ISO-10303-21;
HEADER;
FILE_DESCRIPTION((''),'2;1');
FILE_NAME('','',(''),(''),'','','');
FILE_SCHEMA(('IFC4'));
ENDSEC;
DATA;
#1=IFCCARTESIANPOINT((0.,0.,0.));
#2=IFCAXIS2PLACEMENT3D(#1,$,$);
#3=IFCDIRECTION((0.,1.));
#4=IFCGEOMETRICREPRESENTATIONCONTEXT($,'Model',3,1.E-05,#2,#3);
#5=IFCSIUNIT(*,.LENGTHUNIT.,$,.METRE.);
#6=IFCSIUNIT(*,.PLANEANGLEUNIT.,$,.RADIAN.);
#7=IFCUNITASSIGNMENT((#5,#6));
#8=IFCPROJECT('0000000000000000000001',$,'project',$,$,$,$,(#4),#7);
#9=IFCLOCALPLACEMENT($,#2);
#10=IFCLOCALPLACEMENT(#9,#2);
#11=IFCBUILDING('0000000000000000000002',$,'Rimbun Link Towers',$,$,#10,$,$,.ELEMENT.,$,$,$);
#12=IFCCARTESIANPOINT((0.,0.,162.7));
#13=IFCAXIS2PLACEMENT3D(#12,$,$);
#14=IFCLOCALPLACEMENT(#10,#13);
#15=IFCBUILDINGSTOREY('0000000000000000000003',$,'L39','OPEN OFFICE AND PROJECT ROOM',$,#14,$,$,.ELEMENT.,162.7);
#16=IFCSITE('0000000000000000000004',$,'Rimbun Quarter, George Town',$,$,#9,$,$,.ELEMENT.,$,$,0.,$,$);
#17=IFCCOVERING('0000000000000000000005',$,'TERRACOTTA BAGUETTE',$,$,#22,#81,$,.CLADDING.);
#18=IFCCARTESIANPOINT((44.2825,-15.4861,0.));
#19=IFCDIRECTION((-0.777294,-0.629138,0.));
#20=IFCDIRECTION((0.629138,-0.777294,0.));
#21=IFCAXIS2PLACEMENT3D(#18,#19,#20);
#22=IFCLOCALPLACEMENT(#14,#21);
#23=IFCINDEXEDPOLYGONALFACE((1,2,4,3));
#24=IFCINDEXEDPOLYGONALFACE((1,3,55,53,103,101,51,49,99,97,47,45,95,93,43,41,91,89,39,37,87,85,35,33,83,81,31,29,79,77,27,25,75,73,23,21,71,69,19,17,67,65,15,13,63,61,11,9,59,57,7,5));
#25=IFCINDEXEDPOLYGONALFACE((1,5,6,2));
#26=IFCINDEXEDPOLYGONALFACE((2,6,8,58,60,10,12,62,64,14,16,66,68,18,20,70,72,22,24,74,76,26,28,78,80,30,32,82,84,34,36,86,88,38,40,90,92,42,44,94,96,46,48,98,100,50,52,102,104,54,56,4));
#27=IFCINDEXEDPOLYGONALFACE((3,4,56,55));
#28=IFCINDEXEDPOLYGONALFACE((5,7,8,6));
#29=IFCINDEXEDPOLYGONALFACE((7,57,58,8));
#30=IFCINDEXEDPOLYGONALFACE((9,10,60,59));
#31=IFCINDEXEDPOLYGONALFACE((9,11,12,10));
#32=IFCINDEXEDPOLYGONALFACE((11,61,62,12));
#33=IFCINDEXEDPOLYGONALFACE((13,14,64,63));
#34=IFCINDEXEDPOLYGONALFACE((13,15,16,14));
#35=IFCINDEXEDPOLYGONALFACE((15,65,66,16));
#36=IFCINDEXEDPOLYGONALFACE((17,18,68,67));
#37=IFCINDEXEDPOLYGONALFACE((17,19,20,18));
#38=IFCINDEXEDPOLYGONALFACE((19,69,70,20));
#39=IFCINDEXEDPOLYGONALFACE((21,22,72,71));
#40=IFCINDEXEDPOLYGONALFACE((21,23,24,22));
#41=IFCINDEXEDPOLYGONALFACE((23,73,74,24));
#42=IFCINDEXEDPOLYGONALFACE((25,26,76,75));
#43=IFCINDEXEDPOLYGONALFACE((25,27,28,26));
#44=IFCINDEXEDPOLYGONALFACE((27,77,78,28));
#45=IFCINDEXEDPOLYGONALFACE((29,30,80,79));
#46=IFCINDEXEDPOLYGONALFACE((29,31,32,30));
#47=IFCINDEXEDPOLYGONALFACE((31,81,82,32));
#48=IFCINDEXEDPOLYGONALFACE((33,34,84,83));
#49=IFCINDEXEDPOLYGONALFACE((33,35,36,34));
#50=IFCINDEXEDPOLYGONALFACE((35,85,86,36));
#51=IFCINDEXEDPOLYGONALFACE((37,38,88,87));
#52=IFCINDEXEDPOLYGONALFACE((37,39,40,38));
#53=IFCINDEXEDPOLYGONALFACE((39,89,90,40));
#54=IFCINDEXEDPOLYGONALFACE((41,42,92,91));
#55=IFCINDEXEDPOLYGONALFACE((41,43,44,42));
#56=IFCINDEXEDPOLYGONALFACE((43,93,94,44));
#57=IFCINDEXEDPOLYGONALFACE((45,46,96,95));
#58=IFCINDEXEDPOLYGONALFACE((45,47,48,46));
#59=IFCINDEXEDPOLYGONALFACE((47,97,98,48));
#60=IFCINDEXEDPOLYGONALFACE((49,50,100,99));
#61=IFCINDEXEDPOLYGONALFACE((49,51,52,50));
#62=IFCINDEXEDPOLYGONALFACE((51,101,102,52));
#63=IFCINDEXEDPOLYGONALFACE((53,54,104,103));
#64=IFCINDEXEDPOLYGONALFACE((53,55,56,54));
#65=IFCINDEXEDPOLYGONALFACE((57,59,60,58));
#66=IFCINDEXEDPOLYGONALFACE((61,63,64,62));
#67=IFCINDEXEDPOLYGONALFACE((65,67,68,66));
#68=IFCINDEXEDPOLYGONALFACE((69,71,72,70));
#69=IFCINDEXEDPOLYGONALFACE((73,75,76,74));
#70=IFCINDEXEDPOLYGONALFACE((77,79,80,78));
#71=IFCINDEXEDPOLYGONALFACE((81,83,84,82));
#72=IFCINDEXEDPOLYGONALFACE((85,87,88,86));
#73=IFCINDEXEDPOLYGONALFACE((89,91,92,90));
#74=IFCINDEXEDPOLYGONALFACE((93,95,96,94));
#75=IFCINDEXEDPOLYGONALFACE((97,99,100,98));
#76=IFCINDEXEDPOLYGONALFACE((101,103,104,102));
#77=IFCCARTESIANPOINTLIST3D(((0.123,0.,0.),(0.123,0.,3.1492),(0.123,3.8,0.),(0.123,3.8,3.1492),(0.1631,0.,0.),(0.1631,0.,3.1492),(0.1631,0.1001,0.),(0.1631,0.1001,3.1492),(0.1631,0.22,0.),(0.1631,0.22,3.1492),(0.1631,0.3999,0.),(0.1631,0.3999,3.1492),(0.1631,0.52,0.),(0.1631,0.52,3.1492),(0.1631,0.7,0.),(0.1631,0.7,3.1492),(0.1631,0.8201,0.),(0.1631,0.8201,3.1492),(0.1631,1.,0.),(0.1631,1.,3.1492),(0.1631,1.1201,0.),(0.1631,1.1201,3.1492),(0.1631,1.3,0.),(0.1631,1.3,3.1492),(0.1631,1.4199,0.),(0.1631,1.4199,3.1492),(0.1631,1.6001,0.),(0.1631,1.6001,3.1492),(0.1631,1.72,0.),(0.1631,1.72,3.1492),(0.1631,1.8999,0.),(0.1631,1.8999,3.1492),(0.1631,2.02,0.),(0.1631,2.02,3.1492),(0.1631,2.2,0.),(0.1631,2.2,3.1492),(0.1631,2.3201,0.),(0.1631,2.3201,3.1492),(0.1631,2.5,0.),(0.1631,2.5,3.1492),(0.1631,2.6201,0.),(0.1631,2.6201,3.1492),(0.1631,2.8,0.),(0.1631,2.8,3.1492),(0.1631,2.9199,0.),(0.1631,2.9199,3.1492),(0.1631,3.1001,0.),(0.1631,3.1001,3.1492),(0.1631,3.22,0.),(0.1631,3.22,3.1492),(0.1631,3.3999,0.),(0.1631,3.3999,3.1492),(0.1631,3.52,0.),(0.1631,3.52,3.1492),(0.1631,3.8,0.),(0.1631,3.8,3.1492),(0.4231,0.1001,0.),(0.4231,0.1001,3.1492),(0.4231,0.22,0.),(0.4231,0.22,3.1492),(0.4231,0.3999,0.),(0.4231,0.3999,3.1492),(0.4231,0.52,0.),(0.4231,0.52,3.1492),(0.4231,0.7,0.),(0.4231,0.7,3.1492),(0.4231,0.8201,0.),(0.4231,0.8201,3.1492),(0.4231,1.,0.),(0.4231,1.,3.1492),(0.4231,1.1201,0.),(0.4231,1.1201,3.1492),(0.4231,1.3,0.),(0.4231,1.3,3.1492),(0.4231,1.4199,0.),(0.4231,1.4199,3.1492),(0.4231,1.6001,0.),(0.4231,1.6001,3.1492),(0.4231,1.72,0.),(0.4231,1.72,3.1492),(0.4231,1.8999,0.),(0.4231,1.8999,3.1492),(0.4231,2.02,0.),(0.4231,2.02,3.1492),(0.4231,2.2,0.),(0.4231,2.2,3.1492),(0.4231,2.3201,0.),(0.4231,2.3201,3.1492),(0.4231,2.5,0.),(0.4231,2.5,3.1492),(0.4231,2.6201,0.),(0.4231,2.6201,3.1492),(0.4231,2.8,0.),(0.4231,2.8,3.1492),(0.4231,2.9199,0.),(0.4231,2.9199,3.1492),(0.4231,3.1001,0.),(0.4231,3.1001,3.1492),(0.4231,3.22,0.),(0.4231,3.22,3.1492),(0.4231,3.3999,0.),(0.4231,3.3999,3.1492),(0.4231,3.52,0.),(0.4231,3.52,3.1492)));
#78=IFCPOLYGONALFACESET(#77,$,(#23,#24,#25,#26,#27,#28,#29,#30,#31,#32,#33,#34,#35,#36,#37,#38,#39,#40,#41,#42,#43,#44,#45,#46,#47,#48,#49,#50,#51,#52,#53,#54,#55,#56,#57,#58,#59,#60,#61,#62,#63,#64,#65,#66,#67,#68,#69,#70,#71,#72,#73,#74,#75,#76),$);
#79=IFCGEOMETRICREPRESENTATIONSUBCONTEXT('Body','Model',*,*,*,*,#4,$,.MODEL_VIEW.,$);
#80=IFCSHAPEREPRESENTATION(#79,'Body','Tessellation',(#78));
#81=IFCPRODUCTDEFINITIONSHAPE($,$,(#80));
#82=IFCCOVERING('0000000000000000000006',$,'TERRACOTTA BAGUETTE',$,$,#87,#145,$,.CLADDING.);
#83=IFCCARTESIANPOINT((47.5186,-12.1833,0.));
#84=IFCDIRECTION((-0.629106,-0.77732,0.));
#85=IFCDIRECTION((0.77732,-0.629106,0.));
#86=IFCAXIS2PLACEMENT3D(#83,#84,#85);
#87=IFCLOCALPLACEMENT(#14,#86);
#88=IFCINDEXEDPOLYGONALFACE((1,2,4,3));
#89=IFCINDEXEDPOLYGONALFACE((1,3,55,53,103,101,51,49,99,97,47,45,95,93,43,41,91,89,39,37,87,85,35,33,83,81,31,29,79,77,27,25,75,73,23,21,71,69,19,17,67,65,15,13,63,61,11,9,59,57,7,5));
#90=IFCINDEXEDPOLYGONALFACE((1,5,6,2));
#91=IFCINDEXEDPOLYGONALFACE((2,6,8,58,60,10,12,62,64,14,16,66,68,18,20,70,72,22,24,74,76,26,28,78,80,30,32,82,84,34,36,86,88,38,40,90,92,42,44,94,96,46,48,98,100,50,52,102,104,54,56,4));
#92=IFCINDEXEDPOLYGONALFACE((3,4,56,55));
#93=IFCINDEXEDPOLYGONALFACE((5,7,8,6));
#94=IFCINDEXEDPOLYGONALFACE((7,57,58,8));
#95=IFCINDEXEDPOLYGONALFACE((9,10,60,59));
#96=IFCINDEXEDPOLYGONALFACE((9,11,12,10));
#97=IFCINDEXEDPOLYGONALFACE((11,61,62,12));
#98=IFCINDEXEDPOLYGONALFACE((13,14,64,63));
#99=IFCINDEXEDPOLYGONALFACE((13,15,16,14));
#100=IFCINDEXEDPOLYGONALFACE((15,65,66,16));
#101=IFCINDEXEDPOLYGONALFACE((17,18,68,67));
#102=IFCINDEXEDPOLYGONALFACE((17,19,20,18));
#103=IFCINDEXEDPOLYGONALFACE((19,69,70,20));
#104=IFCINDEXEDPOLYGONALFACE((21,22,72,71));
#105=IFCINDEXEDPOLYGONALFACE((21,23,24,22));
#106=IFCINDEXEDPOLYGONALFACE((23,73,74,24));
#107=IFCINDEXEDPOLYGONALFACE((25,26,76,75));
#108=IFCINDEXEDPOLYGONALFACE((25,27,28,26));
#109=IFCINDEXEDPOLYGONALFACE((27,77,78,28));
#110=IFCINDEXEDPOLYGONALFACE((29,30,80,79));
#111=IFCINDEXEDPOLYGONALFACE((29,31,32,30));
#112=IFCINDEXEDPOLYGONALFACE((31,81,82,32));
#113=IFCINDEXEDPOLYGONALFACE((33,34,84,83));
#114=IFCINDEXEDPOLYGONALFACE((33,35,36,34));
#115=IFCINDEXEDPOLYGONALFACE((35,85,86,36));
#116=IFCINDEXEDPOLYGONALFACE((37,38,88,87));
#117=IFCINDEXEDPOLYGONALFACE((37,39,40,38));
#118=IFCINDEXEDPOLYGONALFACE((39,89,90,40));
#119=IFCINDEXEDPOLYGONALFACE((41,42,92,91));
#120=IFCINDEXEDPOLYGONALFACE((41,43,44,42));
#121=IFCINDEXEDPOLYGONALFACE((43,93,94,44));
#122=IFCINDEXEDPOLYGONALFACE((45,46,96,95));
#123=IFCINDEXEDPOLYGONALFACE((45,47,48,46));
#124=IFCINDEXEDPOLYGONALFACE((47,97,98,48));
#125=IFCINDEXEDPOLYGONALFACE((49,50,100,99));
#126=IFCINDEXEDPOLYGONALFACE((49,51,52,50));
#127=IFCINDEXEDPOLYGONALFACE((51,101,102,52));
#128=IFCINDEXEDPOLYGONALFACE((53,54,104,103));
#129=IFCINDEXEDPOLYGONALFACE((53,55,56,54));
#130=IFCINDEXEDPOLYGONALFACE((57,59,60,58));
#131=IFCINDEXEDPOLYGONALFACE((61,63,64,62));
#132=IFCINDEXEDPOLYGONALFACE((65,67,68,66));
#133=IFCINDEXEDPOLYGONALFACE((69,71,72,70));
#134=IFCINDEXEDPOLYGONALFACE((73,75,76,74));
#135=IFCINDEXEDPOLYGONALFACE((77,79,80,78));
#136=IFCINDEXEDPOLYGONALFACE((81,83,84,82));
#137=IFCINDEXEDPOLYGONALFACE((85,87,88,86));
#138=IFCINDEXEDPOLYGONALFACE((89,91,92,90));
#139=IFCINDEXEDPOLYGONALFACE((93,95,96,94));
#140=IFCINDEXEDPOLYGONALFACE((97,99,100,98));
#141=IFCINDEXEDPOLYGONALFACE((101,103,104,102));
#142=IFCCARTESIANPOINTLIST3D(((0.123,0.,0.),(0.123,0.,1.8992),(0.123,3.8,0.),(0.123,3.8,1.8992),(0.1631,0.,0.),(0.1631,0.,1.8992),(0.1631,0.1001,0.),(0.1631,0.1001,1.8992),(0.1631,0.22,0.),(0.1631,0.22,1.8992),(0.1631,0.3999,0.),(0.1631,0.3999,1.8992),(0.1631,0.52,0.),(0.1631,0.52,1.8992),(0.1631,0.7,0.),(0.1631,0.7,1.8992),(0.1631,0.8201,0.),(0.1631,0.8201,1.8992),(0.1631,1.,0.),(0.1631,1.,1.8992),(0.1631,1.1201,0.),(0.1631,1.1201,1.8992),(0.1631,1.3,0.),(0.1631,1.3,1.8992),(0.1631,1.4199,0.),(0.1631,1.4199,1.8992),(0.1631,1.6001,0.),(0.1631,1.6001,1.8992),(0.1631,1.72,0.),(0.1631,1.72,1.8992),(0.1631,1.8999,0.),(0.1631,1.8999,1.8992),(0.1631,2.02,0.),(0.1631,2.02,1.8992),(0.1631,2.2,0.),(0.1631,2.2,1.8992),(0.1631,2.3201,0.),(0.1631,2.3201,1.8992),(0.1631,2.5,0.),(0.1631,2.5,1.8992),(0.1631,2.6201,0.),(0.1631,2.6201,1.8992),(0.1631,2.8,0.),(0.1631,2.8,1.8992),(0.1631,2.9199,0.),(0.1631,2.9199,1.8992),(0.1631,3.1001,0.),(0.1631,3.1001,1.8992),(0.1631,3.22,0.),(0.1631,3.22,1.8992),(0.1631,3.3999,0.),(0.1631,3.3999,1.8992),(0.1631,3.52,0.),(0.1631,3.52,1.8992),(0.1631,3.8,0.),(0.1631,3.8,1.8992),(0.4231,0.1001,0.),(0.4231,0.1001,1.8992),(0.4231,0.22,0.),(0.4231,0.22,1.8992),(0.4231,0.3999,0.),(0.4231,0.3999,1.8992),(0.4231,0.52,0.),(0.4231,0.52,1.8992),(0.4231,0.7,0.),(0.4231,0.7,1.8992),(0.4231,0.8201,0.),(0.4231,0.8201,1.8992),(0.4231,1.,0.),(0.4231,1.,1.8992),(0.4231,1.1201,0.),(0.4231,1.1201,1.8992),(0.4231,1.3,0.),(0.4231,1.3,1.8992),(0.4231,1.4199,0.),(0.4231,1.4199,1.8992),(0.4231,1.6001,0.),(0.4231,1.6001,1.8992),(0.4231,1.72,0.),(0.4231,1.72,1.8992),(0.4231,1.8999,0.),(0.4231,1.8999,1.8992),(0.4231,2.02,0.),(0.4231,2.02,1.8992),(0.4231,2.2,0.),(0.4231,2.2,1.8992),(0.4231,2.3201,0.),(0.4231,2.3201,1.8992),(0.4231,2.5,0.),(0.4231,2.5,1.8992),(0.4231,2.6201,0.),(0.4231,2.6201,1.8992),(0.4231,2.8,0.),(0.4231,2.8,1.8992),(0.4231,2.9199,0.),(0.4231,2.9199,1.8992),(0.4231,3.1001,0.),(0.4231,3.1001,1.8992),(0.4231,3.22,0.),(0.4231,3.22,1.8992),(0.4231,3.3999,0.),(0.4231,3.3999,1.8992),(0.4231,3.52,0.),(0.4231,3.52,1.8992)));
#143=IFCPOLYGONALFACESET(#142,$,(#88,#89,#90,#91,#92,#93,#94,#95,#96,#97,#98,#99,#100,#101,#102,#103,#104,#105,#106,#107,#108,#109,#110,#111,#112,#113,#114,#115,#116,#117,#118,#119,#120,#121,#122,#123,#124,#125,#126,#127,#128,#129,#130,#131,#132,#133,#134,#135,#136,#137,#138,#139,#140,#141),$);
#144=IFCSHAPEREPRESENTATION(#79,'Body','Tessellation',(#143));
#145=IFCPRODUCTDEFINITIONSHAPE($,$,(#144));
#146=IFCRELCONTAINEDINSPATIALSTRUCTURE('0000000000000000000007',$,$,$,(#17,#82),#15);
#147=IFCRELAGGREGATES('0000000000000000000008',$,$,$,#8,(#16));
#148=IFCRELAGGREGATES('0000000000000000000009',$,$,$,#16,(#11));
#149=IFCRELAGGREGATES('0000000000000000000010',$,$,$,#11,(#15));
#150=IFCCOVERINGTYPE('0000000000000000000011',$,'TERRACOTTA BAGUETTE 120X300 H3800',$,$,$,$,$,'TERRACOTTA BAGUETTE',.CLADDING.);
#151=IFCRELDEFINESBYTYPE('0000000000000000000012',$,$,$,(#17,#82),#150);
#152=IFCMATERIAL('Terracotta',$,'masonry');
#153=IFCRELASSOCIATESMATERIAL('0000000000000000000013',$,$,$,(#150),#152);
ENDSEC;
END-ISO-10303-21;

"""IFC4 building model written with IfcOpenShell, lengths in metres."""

from ifc_helpers import new_model, si_unit, direction, frame, origin, place, context, subcontext, project, spatial, polyline, outline, extrude, material, material_profile, profile_set, type_object, element, save


model = new_model("IFC4")

# Units and contexts
model_context = context("Model", 3, precision=1e-05, world=origin(), true_north=direction((0.0, 1.0)))
body_context = subcontext(model_context, "Body", "Model", "MODEL_VIEW")
ifc_project = project(units=[si_unit("LENGTHUNIT", "METRE"), si_unit("PLANEANGLEUNIT", "RADIAN")], contexts=[model_context])

# Site, building, storey
site_placement = place(None, origin())
site = spatial("IfcSite", under=ifc_project, at=site_placement, Name="Rimbun Quarter, George Town", CompositionType="ELEMENT", RefElevation=0.0)
building_placement = place(site_placement, origin())
building = spatial("IfcBuilding", under=site, at=building_placement, Name="Rimbun Link Towers", CompositionType="ELEMENT")
storey_placement = place(building_placement, frame((0.0, 0.0, 162.7)))
storey = spatial("IfcBuildingStorey", under=building, at=storey_placement, Name="L39", Description="OPEN OFFICE AND PROJECT ROOM", CompositionType="ELEMENT", Elevation=162.7)

# Coverings
ifc_material_1 = material(Name="Terracotta", Category="masonry")
ifc_material_profile_1 = material_profile(ifc_material_1, outline(polyline([(0.123, 0.0), (0.1631, 0.0), (0.1631, 0.1001), (0.4231, 0.1001), (0.4231, 0.22), (0.1631, 0.22), (0.1631, 0.3999), (0.4231, 0.3999), (0.4231, 0.52), (0.1631, 0.52), (0.1631, 0.7), (0.4231, 0.7), (0.4231, 0.8201), (0.1631, 0.8201), (0.1631, 1.0), (0.4231, 1.0), (0.4231, 1.1201), (0.1631, 1.1201), (0.1631, 1.3), (0.4231, 1.3), (0.4231, 1.4199), (0.1631, 1.4199), (0.1631, 1.6001), (0.4231, 1.6001), (0.4231, 1.72), (0.1631, 1.72), (0.1631, 1.8999), (0.4231, 1.8999), (0.4231, 2.02), (0.1631, 2.02), (0.1631, 2.2), (0.4231, 2.2), (0.4231, 2.3201), (0.1631, 2.3201), (0.1631, 2.5), (0.4231, 2.5), (0.4231, 2.6201), (0.1631, 2.6201), (0.1631, 2.8), (0.4231, 2.8), (0.4231, 2.9199), (0.1631, 2.9199), (0.1631, 3.1001), (0.4231, 3.1001), (0.4231, 3.22), (0.1631, 3.22), (0.1631, 3.3999), (0.4231, 3.3999), (0.4231, 3.52), (0.1631, 3.52), (0.1631, 3.8), (0.123, 3.8), (0.123, 0.0)])), Name="BAGUETTE 120X300")
ifc_profile_set_1 = profile_set([ifc_material_profile_1], Name="Terracotta")
covering_type = type_object("IfcCoveringType", Name="TERRACOTTA BAGUETTE 120X300 H3800", ElementType="TERRACOTTA BAGUETTE", PredefinedType="CLADDING", material=ifc_profile_set_1)
covering_1_placement = place(storey_placement, frame((44.2825, -15.4861, 0.0), z_axis=(-0.777294, -0.629138, 0.0), x_axis=(0.629138, -0.777294, 0.0)))
element("IfcCovering", 1, at=covering_1_placement, inside=storey, type_object=covering_type, Name="TERRACOTTA BAGUETTE", PredefinedType="CLADDING", context=body_context, shape_type="SweptSolid", body=[
    extrude(outline(polyline([(0.123, 0.0), (0.1631, 0.0), (0.1631, 0.1001), (0.4231, 0.1001), (0.4231, 0.22), (0.1631, 0.22), (0.1631, 0.3999), (0.4231, 0.3999), (0.4231, 0.52), (0.1631, 0.52), (0.1631, 0.7), (0.4231, 0.7), (0.4231, 0.8201), (0.1631, 0.8201), (0.1631, 1.0), (0.4231, 1.0), (0.4231, 1.1201), (0.1631, 1.1201), (0.1631, 1.3), (0.4231, 1.3), (0.4231, 1.4199), (0.1631, 1.4199), (0.1631, 1.6001), (0.4231, 1.6001), (0.4231, 1.72), (0.1631, 1.72), (0.1631, 1.8999), (0.4231, 1.8999), (0.4231, 2.02), (0.1631, 2.02), (0.1631, 2.2), (0.4231, 2.2), (0.4231, 2.3201), (0.1631, 2.3201), (0.1631, 2.5), (0.4231, 2.5), (0.4231, 2.6201), (0.1631, 2.6201), (0.1631, 2.8), (0.4231, 2.8), (0.4231, 2.9199), (0.1631, 2.9199), (0.1631, 3.1001), (0.4231, 3.1001), (0.4231, 3.22), (0.1631, 3.22), (0.1631, 3.3999), (0.4231, 3.3999), (0.4231, 3.52), (0.1631, 3.52), (0.1631, 3.8), (0.123, 3.8), (0.123, 0.0)])), origin(), (0.0, 0.0, 1.0), 3.1492),
])
covering_2_placement = place(storey_placement, frame((47.5186, -12.1833, 0.0), z_axis=(-0.629106, -0.77732, 0.0), x_axis=(0.77732, -0.629106, 0.0)))
element("IfcCovering", 2, at=covering_2_placement, inside=storey, type_object=covering_type, Name="TERRACOTTA BAGUETTE", PredefinedType="CLADDING", context=body_context, shape_type="SweptSolid", body=[
    extrude(outline(polyline([(0.123, 0.0), (0.1631, 0.0), (0.1631, 0.1001), (0.4231, 0.1001), (0.4231, 0.22), (0.1631, 0.22), (0.1631, 0.3999), (0.4231, 0.3999), (0.4231, 0.52), (0.1631, 0.52), (0.1631, 0.7), (0.4231, 0.7), (0.4231, 0.8201), (0.1631, 0.8201), (0.1631, 1.0), (0.4231, 1.0), (0.4231, 1.1201), (0.1631, 1.1201), (0.1631, 1.3), (0.4231, 1.3), (0.4231, 1.4199), (0.1631, 1.4199), (0.1631, 1.6001), (0.4231, 1.6001), (0.4231, 1.72), (0.1631, 1.72), (0.1631, 1.8999), (0.4231, 1.8999), (0.4231, 2.02), (0.1631, 2.02), (0.1631, 2.2), (0.4231, 2.2), (0.4231, 2.3201), (0.1631, 2.3201), (0.1631, 2.5), (0.4231, 2.5), (0.4231, 2.6201), (0.1631, 2.6201), (0.1631, 2.8), (0.4231, 2.8), (0.4231, 2.9199), (0.1631, 2.9199), (0.1631, 3.1001), (0.4231, 3.1001), (0.4231, 3.22), (0.1631, 3.22), (0.1631, 3.3999), (0.4231, 3.3999), (0.4231, 3.52), (0.1631, 3.52), (0.1631, 3.8), (0.123, 3.8), (0.123, 0.0)])), origin(), (0.0, 0.0, 1.0), 1.8992),
])

save(model, "model.ifc")
